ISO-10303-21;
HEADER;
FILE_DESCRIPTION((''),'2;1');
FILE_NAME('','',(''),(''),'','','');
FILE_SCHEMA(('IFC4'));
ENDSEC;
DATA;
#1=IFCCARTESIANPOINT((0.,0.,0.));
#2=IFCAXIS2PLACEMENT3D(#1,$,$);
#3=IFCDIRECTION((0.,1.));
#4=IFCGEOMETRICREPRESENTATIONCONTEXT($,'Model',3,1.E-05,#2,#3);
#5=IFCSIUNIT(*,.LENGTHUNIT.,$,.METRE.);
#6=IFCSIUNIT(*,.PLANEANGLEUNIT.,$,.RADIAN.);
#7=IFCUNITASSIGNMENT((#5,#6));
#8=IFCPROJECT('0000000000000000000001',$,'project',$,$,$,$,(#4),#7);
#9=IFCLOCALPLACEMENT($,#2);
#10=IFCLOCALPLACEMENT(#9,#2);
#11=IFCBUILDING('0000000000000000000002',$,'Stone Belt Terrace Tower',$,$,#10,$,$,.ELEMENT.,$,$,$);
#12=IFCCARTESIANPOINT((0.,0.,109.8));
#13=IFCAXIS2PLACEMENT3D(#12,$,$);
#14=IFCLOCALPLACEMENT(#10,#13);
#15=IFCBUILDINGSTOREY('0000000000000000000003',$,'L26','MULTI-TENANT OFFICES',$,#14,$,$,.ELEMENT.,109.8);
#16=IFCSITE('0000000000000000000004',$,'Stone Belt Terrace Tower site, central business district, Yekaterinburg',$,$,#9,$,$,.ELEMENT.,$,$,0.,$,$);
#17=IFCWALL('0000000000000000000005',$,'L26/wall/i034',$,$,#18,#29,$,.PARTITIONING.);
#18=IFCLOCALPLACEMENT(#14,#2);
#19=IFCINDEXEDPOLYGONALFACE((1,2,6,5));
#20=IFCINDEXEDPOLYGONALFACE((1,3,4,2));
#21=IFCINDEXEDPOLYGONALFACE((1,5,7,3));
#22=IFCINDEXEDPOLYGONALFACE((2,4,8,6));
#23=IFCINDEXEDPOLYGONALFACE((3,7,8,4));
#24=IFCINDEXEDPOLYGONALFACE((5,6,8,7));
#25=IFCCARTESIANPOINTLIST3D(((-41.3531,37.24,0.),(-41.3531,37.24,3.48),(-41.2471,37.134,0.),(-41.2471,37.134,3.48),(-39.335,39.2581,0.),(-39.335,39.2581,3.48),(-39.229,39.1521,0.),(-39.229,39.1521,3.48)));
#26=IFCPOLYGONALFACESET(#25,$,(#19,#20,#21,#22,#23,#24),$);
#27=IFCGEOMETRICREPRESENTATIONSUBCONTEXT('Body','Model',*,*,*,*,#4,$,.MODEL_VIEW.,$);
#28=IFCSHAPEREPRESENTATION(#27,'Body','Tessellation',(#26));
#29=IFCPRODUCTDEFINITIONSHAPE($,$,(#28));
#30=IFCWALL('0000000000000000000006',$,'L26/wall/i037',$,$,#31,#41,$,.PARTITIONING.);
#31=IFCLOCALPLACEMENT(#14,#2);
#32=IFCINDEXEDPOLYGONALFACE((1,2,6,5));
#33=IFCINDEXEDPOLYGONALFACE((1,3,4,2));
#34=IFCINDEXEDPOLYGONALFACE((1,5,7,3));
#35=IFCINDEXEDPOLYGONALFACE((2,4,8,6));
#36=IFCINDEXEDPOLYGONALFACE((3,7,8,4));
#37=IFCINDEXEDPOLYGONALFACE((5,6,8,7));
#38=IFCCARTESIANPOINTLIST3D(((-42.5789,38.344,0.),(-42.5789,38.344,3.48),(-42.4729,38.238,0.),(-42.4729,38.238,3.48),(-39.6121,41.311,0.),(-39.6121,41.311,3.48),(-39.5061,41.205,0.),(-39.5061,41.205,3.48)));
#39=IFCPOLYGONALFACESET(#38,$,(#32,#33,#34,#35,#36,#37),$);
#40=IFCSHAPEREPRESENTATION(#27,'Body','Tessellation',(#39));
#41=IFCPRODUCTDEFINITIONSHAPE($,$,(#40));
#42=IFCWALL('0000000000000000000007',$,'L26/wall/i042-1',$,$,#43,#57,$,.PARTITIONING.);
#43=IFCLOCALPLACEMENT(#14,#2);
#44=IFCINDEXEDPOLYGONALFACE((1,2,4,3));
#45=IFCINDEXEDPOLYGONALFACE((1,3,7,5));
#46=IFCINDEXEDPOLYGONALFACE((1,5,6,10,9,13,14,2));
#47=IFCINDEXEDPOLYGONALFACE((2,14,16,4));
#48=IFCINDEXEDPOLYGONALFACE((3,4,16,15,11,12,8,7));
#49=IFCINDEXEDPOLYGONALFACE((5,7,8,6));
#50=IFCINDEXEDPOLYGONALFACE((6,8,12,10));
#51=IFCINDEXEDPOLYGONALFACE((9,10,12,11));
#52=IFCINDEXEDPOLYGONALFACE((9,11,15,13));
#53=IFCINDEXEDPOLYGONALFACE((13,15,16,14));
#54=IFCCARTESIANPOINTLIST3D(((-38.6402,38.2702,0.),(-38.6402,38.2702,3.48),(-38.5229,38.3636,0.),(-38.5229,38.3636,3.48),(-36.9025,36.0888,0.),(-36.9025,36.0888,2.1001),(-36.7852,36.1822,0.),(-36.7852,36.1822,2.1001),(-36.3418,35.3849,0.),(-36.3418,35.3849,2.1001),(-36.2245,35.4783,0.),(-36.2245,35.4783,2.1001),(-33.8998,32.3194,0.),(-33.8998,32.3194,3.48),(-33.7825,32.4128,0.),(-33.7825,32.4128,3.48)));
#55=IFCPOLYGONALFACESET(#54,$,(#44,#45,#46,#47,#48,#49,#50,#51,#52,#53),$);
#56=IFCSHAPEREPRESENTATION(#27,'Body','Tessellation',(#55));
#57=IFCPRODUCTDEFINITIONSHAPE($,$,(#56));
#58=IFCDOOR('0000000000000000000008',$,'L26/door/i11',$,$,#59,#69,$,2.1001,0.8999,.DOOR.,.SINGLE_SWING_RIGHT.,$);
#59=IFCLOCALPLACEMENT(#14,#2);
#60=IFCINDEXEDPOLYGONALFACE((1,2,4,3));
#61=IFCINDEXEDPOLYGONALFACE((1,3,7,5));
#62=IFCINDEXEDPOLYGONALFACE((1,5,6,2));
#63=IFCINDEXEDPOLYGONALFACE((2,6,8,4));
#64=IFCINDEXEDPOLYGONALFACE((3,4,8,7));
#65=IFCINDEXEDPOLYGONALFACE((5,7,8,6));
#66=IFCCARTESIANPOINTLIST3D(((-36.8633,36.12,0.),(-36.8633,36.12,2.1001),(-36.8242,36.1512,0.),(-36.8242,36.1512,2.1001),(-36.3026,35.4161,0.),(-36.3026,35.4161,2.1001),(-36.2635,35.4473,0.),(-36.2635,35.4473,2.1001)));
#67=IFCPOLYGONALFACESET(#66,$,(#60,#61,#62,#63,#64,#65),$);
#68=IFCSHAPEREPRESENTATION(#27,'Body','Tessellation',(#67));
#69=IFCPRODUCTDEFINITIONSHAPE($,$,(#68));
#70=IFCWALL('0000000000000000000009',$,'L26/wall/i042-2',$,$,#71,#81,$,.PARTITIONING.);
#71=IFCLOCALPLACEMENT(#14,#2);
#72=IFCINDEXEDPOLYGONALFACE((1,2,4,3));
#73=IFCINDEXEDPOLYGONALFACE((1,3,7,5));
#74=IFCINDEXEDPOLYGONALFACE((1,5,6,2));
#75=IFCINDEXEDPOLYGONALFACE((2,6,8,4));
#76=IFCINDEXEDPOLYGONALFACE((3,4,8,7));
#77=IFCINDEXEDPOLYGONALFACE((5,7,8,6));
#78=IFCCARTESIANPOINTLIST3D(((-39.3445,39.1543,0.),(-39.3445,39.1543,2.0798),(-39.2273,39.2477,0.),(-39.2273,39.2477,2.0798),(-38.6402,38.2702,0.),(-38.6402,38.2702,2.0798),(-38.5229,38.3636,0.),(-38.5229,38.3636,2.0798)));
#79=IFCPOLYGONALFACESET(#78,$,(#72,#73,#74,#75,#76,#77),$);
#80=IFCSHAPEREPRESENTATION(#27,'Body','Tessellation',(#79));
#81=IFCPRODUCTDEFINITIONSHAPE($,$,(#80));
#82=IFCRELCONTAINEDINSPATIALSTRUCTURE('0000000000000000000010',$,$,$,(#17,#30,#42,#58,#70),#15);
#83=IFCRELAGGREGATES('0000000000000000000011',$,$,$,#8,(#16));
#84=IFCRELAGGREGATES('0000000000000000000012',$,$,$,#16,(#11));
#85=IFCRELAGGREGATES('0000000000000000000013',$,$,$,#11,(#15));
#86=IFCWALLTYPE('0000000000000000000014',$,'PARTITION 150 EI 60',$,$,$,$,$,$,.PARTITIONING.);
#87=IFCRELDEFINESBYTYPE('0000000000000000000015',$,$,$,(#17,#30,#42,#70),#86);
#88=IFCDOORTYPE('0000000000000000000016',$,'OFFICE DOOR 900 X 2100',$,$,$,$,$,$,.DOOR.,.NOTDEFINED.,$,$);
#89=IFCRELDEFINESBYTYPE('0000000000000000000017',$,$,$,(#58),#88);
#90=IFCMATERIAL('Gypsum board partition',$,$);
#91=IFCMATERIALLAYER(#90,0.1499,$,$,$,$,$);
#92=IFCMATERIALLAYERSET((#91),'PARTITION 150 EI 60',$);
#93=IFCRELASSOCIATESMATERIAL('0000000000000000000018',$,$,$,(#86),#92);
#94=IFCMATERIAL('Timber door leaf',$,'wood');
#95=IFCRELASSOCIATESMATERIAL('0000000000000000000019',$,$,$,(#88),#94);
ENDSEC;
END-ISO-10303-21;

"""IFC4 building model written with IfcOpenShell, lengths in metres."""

from ifc_helpers import new_model, si_unit, direction, frame, frame_2d, origin, place, context, subcontext, project, spatial, rectangle, extrude, material, layer, layer_set, type_object, element, fill, save


model = new_model("IFC4")

# Units and contexts
model_context = context("Model", 3, precision=1e-05, world=origin(), true_north=direction((0.0, 1.0)))
body_context = subcontext(model_context, "Body", "Model", "MODEL_VIEW")
ifc_project = project(units=[si_unit("LENGTHUNIT", "METRE"), si_unit("PLANEANGLEUNIT", "RADIAN")], contexts=[model_context])

# Site, building, storey
site_placement = place(None, origin())
site = spatial("IfcSite", under=ifc_project, at=site_placement, Name="Stone Belt Terrace Tower site, central business district, Yekaterinburg", CompositionType="ELEMENT", RefElevation=0.0)
building_placement = place(site_placement, origin())
building = spatial("IfcBuilding", under=site, at=building_placement, Name="Stone Belt Terrace Tower", CompositionType="ELEMENT")
storey_placement = place(building_placement, frame((0.0, 0.0, 109.8)))
storey = spatial("IfcBuildingStorey", under=building, at=storey_placement, Name="L26", Description="MULTI-TENANT OFFICES", CompositionType="ELEMENT", Elevation=109.8)

# Shared definitions
ifc_material_1 = material(Name="Gypsum board partition")
ifc_layer_1 = layer(ifc_material_1, 0.1499)
ifc_layer_set_1 = layer_set([ifc_layer_1], Name="PARTITION 150 EI 60")
wall_type = type_object("IfcWallType", Name="PARTITION 150 EI 60", PredefinedType="PARTITIONING", material=ifc_layer_set_1)

# Walls
wall_1_placement = place(storey_placement, frame((-39.282, 39.2051, 0.0), z_axis=(0.0, 0.0, 1.0), x_axis=(-0.707107, -0.707107, 0.0)))
element("IfcWall", 1, at=wall_1_placement, inside=storey, type_object=wall_type, Name="L26/wall/i034", PredefinedType="PARTITIONING", context=body_context, shape_type="SweptSolid", body=[
    extrude(rectangle(XDim=2.854, YDim=0.1499, at=frame_2d((1.427, 0.0))), origin(), (0.0, 0.0, 1.0), 3.48),
])
wall_2_placement = place(storey_placement, frame((-42.5259, 38.291, 0.0), z_axis=(0.0, 0.0, 1.0), x_axis=(0.707078, 0.707136, 0.0)))
element("IfcWall", 2, at=wall_2_placement, inside=storey, type_object=wall_type, Name="L26/wall/i037", PredefinedType="PARTITIONING", context=body_context, shape_type="SweptSolid", body=[
    extrude(rectangle(XDim=4.1958, YDim=0.1499, at=frame_2d((2.0979, 0.0))), origin(), (0.0, 0.0, 1.0), 3.48),
])

# Wall, opening, door
wall_3_placement = place(storey_placement, frame((-33.8411, 32.366, 0.0), z_axis=(0.0, 0.0, 1.0), x_axis=(-0.62307, 0.782166, 0.0)))
wall_3 = element("IfcWall", 3, at=wall_3_placement, inside=storey, type_object=wall_type, Name="L26/wall/i042-1", PredefinedType="PARTITIONING", context=body_context, shape_type="SweptSolid", body=[
    extrude(rectangle(XDim=7.6082, YDim=0.1499, at=frame_2d((3.8042, 0.0))), origin(), (0.0, 0.0, 1.0), 3.48),
])
opening_1_placement = place(wall_3_placement, frame((3.9194, 0.0, 0.0)))
opening_1 = element("IfcOpeningElement", 4, at=opening_1_placement, cuts=wall_3, PredefinedType="OPENING", context=body_context, shape_type="SweptSolid", body=[
    extrude(rectangle(XDim=0.8999, YDim=2.1001, at=frame_2d((0.45, 1.05))), frame((0.0, 0.085, 0.0), z_axis=(0.0, -1.0, 0.0), x_axis=(1.0, 0.0, 0.0)), (0.0, 0.0, 1.0), 0.1699),
])
ifc_material_2 = material(Name="Timber door leaf", Category="wood")
door_type_1 = type_object("IfcDoorType", Name="OFFICE DOOR 900 X 2100", OperationType="NOTDEFINED", PredefinedType="DOOR", material=ifc_material_2)
door_1_placement = place(opening_1_placement, origin())
door_1 = element("IfcDoor", 5, at=door_1_placement, inside=storey, type_object=door_type_1, Name="L26/door/i11", OperationType="SINGLE_SWING_RIGHT", OverallHeight=2.1001, OverallWidth=0.8999, PredefinedType="DOOR", context=body_context, shape_type="SweptSolid", body=[
    extrude(rectangle(XDim=0.8999, YDim=2.1001, at=frame_2d((0.45, 1.05))), frame((0.0, 0.0249, 0.0), z_axis=(0.0, -1.0, 0.0), x_axis=(1.0, 0.0, 0.0)), (0.0, 0.0, 1.0), 0.05),
])
fill(opening_1, door_1)

# Wall
wall_4_placement = place(storey_placement, frame((-38.5815, 38.3169, 0.0), z_axis=(0.0, 0.0, 1.0), x_axis=(-0.62314, 0.782111, 0.0)))
element("IfcWall", 6, at=wall_4_placement, inside=storey, type_object=wall_type, Name="L26/wall/i042-2", PredefinedType="PARTITIONING", context=body_context, shape_type="SweptSolid", body=[
    extrude(rectangle(XDim=1.1304, YDim=0.1499, at=frame_2d((0.5652, 0.0))), origin(), (0.0, 0.0, 1.0), 2.0798),
])

save(model, "model.ifc")
